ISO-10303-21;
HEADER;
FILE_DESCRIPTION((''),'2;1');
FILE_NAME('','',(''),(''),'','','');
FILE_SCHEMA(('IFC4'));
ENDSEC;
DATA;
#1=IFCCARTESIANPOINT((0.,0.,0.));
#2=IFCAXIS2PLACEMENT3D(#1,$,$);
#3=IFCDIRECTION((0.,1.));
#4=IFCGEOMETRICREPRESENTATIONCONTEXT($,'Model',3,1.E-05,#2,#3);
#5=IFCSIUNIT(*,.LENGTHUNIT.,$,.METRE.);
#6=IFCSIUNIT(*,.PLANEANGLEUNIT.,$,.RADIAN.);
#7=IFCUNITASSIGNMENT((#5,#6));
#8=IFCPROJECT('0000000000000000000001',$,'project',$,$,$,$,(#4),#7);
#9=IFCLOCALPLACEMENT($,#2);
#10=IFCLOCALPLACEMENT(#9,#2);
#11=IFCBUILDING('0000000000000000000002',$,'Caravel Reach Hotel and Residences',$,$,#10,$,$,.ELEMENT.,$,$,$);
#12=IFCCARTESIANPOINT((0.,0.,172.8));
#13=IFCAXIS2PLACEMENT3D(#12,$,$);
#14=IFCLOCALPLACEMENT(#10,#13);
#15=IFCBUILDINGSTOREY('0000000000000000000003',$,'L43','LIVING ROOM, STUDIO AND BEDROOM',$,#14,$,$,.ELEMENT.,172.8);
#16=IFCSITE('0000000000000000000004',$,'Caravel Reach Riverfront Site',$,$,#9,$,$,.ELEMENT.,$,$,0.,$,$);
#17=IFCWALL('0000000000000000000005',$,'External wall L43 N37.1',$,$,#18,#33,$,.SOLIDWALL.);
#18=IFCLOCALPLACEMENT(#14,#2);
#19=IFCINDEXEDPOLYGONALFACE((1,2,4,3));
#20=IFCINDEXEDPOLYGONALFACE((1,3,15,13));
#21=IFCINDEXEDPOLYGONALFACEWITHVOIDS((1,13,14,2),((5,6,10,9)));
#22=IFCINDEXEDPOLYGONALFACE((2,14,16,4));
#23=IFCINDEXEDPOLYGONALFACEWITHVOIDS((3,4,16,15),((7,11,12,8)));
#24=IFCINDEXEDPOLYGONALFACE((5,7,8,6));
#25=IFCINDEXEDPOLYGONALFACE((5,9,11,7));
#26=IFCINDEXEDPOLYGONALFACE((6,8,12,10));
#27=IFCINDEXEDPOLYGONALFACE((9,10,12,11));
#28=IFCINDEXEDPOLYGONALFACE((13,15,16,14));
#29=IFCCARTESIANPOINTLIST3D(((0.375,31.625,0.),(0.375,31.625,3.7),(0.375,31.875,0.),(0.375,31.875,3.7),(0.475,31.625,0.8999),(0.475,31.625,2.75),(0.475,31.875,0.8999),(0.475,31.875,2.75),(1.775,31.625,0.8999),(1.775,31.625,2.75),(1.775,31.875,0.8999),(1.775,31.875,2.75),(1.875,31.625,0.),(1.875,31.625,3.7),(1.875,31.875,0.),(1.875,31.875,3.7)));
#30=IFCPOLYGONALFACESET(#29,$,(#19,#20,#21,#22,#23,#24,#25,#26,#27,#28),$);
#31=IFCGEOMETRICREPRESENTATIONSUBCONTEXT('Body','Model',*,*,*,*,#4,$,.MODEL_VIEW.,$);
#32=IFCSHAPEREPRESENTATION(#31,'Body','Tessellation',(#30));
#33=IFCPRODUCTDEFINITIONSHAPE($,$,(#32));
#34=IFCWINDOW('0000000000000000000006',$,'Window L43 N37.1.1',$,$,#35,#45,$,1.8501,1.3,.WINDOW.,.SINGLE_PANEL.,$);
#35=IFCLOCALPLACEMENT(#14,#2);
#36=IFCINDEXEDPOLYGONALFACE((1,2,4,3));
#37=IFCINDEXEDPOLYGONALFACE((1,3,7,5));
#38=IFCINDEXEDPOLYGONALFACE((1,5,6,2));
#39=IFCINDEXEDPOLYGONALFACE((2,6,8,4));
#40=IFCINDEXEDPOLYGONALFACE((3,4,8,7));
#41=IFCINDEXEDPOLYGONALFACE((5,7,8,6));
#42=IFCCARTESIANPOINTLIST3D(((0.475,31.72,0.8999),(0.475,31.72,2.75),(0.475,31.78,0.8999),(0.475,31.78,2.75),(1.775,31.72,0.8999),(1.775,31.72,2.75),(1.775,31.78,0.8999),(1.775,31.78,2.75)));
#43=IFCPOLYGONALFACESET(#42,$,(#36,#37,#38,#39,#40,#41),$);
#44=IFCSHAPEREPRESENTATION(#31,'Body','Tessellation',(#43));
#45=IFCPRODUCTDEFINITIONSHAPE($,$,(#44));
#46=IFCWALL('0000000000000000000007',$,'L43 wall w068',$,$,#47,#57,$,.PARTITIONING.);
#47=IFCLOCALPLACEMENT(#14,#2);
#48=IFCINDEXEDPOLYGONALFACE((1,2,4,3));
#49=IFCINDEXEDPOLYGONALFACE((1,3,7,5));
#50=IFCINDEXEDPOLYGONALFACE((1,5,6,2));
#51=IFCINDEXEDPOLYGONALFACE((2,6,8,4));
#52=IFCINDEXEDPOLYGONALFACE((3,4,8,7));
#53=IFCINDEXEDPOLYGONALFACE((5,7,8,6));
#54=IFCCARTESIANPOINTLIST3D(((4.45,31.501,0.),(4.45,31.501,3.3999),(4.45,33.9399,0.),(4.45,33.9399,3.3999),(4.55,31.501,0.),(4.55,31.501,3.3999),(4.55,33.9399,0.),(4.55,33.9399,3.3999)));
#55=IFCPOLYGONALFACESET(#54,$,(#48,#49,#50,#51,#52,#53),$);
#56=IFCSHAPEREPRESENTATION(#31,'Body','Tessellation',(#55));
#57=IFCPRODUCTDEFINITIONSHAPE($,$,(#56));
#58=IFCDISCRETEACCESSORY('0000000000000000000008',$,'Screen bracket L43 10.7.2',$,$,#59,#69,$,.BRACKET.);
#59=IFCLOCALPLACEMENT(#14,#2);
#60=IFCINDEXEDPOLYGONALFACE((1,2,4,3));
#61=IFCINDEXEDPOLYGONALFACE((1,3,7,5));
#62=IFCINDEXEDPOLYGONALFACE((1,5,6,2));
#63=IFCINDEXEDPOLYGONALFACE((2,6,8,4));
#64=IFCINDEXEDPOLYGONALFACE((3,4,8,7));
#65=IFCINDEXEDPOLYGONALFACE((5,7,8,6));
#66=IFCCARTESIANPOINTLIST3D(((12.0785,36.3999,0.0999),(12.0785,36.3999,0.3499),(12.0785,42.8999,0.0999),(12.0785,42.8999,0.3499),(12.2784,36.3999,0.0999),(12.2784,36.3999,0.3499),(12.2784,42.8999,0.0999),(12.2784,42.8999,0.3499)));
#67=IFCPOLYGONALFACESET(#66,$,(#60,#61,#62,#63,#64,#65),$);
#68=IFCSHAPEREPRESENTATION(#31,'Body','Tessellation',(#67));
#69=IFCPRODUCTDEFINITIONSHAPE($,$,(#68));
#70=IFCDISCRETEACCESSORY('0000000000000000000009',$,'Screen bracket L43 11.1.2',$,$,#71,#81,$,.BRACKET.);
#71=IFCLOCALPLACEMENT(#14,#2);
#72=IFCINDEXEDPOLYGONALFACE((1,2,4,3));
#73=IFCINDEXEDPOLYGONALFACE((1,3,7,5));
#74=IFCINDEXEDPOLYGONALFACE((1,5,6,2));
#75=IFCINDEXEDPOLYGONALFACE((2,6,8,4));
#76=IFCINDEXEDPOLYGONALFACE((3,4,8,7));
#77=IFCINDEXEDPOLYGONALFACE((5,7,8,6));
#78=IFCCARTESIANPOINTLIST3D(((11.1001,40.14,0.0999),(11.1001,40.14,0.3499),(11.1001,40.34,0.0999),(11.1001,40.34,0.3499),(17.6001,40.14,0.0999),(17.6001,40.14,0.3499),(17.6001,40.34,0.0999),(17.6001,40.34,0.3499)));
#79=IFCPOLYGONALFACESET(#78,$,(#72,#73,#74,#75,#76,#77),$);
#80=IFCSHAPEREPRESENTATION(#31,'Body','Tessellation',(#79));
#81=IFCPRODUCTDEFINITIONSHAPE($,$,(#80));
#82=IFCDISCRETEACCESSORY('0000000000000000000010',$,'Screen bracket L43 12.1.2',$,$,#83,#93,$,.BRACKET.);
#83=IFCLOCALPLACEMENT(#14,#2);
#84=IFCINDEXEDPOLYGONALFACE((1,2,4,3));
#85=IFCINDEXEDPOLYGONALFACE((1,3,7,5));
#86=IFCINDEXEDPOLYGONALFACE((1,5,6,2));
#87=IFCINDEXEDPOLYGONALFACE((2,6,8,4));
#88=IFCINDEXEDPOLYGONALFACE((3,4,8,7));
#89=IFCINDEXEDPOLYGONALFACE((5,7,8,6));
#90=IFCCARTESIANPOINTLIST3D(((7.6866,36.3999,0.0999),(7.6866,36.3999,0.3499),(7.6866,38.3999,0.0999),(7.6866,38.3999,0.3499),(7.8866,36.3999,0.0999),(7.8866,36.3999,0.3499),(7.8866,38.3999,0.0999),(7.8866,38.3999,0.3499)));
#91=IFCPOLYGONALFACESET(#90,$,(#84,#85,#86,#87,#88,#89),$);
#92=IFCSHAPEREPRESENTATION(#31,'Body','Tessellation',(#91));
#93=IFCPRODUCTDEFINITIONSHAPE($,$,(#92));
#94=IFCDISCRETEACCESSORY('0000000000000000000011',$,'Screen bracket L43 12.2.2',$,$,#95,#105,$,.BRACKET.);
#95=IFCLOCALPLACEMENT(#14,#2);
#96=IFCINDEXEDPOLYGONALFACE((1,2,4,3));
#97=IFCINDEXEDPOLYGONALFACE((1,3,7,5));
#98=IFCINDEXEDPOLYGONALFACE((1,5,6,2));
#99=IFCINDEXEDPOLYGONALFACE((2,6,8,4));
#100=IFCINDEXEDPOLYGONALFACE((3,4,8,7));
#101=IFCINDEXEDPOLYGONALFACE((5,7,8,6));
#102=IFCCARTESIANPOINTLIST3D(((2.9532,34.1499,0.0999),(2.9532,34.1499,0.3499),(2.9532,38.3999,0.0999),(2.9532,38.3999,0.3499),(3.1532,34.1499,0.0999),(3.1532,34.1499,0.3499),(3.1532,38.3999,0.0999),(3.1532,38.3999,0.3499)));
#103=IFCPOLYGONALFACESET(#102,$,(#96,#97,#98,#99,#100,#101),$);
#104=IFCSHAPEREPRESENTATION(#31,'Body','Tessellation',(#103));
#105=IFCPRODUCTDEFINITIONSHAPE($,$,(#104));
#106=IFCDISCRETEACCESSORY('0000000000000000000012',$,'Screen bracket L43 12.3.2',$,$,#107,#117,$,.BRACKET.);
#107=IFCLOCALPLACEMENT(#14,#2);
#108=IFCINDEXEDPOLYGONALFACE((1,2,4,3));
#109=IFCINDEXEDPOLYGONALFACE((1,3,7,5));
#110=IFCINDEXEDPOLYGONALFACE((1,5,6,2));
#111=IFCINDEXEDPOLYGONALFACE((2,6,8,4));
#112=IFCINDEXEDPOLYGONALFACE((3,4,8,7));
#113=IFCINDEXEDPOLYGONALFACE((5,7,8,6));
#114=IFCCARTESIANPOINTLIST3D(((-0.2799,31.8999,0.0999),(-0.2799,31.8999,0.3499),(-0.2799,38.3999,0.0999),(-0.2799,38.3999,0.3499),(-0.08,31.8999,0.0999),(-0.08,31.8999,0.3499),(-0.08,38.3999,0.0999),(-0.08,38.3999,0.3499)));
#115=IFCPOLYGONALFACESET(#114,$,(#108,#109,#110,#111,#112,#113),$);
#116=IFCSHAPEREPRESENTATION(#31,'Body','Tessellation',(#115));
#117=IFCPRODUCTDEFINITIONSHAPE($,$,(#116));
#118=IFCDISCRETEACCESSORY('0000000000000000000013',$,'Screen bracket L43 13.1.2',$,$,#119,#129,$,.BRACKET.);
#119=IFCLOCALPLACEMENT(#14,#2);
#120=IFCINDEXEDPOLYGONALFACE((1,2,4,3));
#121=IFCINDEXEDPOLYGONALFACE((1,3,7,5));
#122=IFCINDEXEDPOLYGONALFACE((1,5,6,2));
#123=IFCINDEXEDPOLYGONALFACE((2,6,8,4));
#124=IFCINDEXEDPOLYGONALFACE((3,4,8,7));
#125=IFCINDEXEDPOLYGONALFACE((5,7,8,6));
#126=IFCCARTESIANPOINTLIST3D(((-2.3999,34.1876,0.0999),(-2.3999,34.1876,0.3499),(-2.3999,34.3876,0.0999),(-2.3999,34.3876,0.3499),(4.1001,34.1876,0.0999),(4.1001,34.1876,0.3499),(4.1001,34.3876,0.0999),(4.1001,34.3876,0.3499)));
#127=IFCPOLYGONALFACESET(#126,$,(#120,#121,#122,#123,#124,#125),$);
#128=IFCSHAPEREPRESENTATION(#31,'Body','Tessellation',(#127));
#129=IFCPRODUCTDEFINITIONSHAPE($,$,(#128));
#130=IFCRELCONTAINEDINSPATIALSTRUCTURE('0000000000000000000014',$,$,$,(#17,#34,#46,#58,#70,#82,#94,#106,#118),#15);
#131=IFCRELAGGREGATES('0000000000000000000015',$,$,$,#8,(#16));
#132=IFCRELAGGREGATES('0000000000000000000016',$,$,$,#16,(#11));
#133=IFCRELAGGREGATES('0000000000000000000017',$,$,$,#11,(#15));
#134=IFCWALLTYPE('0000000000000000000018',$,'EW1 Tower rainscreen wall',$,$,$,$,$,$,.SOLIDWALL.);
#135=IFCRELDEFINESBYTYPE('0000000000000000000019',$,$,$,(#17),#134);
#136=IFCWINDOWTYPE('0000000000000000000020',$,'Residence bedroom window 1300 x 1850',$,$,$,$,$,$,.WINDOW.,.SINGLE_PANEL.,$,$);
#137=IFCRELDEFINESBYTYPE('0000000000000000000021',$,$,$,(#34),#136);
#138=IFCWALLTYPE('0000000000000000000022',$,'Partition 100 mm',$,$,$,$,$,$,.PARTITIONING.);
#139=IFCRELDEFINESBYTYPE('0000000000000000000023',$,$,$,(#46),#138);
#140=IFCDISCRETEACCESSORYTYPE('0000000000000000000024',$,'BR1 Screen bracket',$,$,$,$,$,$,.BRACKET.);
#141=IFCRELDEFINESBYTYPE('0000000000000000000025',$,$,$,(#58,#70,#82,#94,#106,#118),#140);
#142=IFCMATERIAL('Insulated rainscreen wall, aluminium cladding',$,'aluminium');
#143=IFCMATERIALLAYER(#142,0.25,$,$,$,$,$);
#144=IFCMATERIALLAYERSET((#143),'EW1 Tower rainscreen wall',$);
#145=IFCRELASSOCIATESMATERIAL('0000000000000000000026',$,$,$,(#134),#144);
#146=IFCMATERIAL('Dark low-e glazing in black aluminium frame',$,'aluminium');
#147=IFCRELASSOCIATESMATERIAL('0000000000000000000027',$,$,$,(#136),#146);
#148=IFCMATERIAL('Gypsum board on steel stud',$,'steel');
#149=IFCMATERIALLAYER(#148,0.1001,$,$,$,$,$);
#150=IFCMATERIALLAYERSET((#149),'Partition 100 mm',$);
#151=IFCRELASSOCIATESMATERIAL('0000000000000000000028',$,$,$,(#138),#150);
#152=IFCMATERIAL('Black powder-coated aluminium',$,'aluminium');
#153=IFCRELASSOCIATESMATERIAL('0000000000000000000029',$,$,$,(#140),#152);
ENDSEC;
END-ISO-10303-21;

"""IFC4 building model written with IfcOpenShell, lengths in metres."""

from ifc_helpers import new_model, si_unit, direction, frame, frame_2d, origin, origin_2d, place, context, subcontext, project, spatial, rectangle, extrude, material, layer, layer_set, type_object, element, fill, save


model = new_model("IFC4")

# Units and contexts
model_context = context("Model", 3, precision=1e-05, world=origin(), true_north=direction((0.0, 1.0)))
body_context = subcontext(model_context, "Body", "Model", "MODEL_VIEW")
ifc_project = project(units=[si_unit("LENGTHUNIT", "METRE"), si_unit("PLANEANGLEUNIT", "RADIAN")], contexts=[model_context])

# Site, building, storey
site_placement = place(None, origin())
site = spatial("IfcSite", under=ifc_project, at=site_placement, Name="Caravel Reach Riverfront Site", CompositionType="ELEMENT", RefElevation=0.0)
building_placement = place(site_placement, origin())
building = spatial("IfcBuilding", under=site, at=building_placement, Name="Caravel Reach Hotel and Residences", CompositionType="ELEMENT")
storey_placement = place(building_placement, frame((0.0, 0.0, 172.8)))
storey = spatial("IfcBuildingStorey", under=building, at=storey_placement, Name="L43", Description="LIVING ROOM, STUDIO AND BEDROOM", CompositionType="ELEMENT", Elevation=172.8)

# Shared definitions
ifc_material_1 = material(Name="Insulated rainscreen wall, aluminium cladding", Category="aluminium")
ifc_layer_1 = layer(ifc_material_1, 0.25)
ifc_layer_set_1 = layer_set([ifc_layer_1], Name="EW1 Tower rainscreen wall")
wall_type_1 = type_object("IfcWallType", Name="EW1 Tower rainscreen wall", PredefinedType="SOLIDWALL", material=ifc_layer_set_1)

# Wall, opening, window
ifc_material_2 = material(Name="Dark low-e glazing in black aluminium frame", Category="aluminium")
window_type_1 = type_object("IfcWindowType", Name="Residence bedroom window 1300 x 1850", PartitioningType="SINGLE_PANEL", PredefinedType="WINDOW", material=ifc_material_2)
wall_1_placement = place(storey_placement, frame((1.875, 31.75, 0.0), z_axis=(0.0, 0.0, 1.0), x_axis=(-1.0, 0.0, 0.0)))
wall_1 = element("IfcWall", 1, at=wall_1_placement, inside=storey, type_object=wall_type_1, Name="External wall L43 N37.1", PredefinedType="SOLIDWALL", context=body_context, shape_type="SweptSolid", body=[
    extrude(rectangle(XDim=1.5, YDim=0.25, at=frame_2d((0.75, 0.0))), origin(), (0.0, 0.0, 1.0), 3.7),
])
opening_1_placement = place(wall_1_placement, frame((0.1001, 0.0, 0.8999)))
opening_1 = element("IfcOpeningElement", 2, at=opening_1_placement, cuts=wall_1, PredefinedType="OPENING", context=body_context, shape_type="SweptSolid", body=[
    extrude(rectangle(XDim=1.3, YDim=1.8501, at=frame_2d((0.6499, 0.925))), frame((0.0, 0.135, 0.0), z_axis=(0.0, -1.0, 0.0), x_axis=(1.0, 0.0, 0.0)), (0.0, 0.0, 1.0), 0.27),
])
window_1_placement = place(opening_1_placement, origin())
window_1 = element("IfcWindow", 3, at=window_1_placement, inside=storey, type_object=window_type_1, Name="Window L43 N37.1.1", OverallHeight=1.8501, OverallWidth=1.3, PartitioningType="SINGLE_PANEL", PredefinedType="WINDOW", context=body_context, shape_type="SweptSolid", body=[
    extrude(rectangle(XDim=1.3, YDim=1.8501, at=frame_2d((0.6499, 0.925))), frame((0.0, 0.03, 0.0), z_axis=(0.0, -1.0, 0.0), x_axis=(1.0, 0.0, 0.0)), (0.0, 0.0, 1.0), 0.0601),
])
fill(opening_1, window_1)

# Wall
ifc_material_3 = material(Name="Gypsum board on steel stud", Category="steel")
ifc_layer_2 = layer(ifc_material_3, 0.1001)
ifc_layer_set_2 = layer_set([ifc_layer_2], Name="Partition 100 mm")
wall_type_2 = type_object("IfcWallType", Name="Partition 100 mm", PredefinedType="PARTITIONING", material=ifc_layer_set_2)
wall_2_placement = place(storey_placement, frame((4.5, 31.501, 0.0), z_axis=(0.0, 0.0, 1.0), x_axis=(0.0, 1.0, 0.0)))
element("IfcWall", 4, at=wall_2_placement, inside=storey, type_object=wall_type_2, Name="L43 wall w068", PredefinedType="PARTITIONING", context=body_context, shape_type="SweptSolid", body=[
    extrude(rectangle(XDim=2.439, YDim=0.1001, at=frame_2d((1.2195, 0.0))), origin(), (0.0, 0.0, 1.0), 3.3999),
])

# Discrete accessories
ifc_material_4 = material(Name="Black powder-coated aluminium", Category="aluminium")
discrete_accessory_type = type_object("IfcDiscreteAccessoryType", Name="BR1 Screen bracket", PredefinedType="BRACKET", material=ifc_material_4)
for number, where, z_axis, x_axis, name in (
    (5, (12.1785, 39.6499, 0.0999), (0.0, 0.0, 1.0), (0.0, 1.0, 0.0), "Screen bracket L43 10.7.2"),
    (6, (14.3501, 40.24, 0.0999), (0.0, 0.0, 1.0), (-1.0, 0.0, 0.0), "Screen bracket L43 11.1.2"),
):
    element("IfcDiscreteAccessory", number, at=place(storey_placement, frame(where, z_axis=z_axis, x_axis=x_axis)), inside=storey, type_object=discrete_accessory_type, Name=name, PredefinedType="BRACKET", context=body_context, shape_type="SweptSolid", body=[
        extrude(rectangle(XDim=6.5, YDim=0.2, at=origin_2d()), origin(), (0.0, 0.0, 1.0), 0.25),
    ])
discrete_accessory_1_placement = place(storey_placement, frame((7.7866, 37.3999, 0.0999), z_axis=(0.0, 0.0, 1.0), x_axis=(0.0, 1.0, 0.0)))
element("IfcDiscreteAccessory", 7, at=discrete_accessory_1_placement, inside=storey, type_object=discrete_accessory_type, Name="Screen bracket L43 12.1.2", PredefinedType="BRACKET", context=body_context, shape_type="SweptSolid", body=[
    extrude(rectangle(XDim=2.0, YDim=0.2, at=origin_2d()), origin(), (0.0, 0.0, 1.0), 0.25),
])
discrete_accessory_2_placement = place(storey_placement, frame((3.0532, 36.2749, 0.0999), z_axis=(0.0, 0.0, 1.0), x_axis=(0.0, 1.0, 0.0)))
element("IfcDiscreteAccessory", 8, at=discrete_accessory_2_placement, inside=storey, type_object=discrete_accessory_type, Name="Screen bracket L43 12.2.2", PredefinedType="BRACKET", context=body_context, shape_type="SweptSolid", body=[
    extrude(rectangle(XDim=4.25, YDim=0.2, at=origin_2d()), origin(), (0.0, 0.0, 1.0), 0.25),
])
for number, where, z_axis, x_axis, name in (
    (9, (-0.1799, 35.1499, 0.0999), (0.0, 0.0, 1.0), (0.0, 1.0, 0.0), "Screen bracket L43 12.3.2"),
    (10, (0.8501, 34.2876, 0.0999), (0.0, 0.0, 1.0), (-1.0, 0.0, 0.0), "Screen bracket L43 13.1.2"),
):
    element("IfcDiscreteAccessory", number, at=place(storey_placement, frame(where, z_axis=z_axis, x_axis=x_axis)), inside=storey, type_object=discrete_accessory_type, Name=name, PredefinedType="BRACKET", context=body_context, shape_type="SweptSolid", body=[
        extrude(rectangle(XDim=6.5, YDim=0.2, at=origin_2d()), origin(), (0.0, 0.0, 1.0), 0.25),
    ])

save(model, "model.ifc")
